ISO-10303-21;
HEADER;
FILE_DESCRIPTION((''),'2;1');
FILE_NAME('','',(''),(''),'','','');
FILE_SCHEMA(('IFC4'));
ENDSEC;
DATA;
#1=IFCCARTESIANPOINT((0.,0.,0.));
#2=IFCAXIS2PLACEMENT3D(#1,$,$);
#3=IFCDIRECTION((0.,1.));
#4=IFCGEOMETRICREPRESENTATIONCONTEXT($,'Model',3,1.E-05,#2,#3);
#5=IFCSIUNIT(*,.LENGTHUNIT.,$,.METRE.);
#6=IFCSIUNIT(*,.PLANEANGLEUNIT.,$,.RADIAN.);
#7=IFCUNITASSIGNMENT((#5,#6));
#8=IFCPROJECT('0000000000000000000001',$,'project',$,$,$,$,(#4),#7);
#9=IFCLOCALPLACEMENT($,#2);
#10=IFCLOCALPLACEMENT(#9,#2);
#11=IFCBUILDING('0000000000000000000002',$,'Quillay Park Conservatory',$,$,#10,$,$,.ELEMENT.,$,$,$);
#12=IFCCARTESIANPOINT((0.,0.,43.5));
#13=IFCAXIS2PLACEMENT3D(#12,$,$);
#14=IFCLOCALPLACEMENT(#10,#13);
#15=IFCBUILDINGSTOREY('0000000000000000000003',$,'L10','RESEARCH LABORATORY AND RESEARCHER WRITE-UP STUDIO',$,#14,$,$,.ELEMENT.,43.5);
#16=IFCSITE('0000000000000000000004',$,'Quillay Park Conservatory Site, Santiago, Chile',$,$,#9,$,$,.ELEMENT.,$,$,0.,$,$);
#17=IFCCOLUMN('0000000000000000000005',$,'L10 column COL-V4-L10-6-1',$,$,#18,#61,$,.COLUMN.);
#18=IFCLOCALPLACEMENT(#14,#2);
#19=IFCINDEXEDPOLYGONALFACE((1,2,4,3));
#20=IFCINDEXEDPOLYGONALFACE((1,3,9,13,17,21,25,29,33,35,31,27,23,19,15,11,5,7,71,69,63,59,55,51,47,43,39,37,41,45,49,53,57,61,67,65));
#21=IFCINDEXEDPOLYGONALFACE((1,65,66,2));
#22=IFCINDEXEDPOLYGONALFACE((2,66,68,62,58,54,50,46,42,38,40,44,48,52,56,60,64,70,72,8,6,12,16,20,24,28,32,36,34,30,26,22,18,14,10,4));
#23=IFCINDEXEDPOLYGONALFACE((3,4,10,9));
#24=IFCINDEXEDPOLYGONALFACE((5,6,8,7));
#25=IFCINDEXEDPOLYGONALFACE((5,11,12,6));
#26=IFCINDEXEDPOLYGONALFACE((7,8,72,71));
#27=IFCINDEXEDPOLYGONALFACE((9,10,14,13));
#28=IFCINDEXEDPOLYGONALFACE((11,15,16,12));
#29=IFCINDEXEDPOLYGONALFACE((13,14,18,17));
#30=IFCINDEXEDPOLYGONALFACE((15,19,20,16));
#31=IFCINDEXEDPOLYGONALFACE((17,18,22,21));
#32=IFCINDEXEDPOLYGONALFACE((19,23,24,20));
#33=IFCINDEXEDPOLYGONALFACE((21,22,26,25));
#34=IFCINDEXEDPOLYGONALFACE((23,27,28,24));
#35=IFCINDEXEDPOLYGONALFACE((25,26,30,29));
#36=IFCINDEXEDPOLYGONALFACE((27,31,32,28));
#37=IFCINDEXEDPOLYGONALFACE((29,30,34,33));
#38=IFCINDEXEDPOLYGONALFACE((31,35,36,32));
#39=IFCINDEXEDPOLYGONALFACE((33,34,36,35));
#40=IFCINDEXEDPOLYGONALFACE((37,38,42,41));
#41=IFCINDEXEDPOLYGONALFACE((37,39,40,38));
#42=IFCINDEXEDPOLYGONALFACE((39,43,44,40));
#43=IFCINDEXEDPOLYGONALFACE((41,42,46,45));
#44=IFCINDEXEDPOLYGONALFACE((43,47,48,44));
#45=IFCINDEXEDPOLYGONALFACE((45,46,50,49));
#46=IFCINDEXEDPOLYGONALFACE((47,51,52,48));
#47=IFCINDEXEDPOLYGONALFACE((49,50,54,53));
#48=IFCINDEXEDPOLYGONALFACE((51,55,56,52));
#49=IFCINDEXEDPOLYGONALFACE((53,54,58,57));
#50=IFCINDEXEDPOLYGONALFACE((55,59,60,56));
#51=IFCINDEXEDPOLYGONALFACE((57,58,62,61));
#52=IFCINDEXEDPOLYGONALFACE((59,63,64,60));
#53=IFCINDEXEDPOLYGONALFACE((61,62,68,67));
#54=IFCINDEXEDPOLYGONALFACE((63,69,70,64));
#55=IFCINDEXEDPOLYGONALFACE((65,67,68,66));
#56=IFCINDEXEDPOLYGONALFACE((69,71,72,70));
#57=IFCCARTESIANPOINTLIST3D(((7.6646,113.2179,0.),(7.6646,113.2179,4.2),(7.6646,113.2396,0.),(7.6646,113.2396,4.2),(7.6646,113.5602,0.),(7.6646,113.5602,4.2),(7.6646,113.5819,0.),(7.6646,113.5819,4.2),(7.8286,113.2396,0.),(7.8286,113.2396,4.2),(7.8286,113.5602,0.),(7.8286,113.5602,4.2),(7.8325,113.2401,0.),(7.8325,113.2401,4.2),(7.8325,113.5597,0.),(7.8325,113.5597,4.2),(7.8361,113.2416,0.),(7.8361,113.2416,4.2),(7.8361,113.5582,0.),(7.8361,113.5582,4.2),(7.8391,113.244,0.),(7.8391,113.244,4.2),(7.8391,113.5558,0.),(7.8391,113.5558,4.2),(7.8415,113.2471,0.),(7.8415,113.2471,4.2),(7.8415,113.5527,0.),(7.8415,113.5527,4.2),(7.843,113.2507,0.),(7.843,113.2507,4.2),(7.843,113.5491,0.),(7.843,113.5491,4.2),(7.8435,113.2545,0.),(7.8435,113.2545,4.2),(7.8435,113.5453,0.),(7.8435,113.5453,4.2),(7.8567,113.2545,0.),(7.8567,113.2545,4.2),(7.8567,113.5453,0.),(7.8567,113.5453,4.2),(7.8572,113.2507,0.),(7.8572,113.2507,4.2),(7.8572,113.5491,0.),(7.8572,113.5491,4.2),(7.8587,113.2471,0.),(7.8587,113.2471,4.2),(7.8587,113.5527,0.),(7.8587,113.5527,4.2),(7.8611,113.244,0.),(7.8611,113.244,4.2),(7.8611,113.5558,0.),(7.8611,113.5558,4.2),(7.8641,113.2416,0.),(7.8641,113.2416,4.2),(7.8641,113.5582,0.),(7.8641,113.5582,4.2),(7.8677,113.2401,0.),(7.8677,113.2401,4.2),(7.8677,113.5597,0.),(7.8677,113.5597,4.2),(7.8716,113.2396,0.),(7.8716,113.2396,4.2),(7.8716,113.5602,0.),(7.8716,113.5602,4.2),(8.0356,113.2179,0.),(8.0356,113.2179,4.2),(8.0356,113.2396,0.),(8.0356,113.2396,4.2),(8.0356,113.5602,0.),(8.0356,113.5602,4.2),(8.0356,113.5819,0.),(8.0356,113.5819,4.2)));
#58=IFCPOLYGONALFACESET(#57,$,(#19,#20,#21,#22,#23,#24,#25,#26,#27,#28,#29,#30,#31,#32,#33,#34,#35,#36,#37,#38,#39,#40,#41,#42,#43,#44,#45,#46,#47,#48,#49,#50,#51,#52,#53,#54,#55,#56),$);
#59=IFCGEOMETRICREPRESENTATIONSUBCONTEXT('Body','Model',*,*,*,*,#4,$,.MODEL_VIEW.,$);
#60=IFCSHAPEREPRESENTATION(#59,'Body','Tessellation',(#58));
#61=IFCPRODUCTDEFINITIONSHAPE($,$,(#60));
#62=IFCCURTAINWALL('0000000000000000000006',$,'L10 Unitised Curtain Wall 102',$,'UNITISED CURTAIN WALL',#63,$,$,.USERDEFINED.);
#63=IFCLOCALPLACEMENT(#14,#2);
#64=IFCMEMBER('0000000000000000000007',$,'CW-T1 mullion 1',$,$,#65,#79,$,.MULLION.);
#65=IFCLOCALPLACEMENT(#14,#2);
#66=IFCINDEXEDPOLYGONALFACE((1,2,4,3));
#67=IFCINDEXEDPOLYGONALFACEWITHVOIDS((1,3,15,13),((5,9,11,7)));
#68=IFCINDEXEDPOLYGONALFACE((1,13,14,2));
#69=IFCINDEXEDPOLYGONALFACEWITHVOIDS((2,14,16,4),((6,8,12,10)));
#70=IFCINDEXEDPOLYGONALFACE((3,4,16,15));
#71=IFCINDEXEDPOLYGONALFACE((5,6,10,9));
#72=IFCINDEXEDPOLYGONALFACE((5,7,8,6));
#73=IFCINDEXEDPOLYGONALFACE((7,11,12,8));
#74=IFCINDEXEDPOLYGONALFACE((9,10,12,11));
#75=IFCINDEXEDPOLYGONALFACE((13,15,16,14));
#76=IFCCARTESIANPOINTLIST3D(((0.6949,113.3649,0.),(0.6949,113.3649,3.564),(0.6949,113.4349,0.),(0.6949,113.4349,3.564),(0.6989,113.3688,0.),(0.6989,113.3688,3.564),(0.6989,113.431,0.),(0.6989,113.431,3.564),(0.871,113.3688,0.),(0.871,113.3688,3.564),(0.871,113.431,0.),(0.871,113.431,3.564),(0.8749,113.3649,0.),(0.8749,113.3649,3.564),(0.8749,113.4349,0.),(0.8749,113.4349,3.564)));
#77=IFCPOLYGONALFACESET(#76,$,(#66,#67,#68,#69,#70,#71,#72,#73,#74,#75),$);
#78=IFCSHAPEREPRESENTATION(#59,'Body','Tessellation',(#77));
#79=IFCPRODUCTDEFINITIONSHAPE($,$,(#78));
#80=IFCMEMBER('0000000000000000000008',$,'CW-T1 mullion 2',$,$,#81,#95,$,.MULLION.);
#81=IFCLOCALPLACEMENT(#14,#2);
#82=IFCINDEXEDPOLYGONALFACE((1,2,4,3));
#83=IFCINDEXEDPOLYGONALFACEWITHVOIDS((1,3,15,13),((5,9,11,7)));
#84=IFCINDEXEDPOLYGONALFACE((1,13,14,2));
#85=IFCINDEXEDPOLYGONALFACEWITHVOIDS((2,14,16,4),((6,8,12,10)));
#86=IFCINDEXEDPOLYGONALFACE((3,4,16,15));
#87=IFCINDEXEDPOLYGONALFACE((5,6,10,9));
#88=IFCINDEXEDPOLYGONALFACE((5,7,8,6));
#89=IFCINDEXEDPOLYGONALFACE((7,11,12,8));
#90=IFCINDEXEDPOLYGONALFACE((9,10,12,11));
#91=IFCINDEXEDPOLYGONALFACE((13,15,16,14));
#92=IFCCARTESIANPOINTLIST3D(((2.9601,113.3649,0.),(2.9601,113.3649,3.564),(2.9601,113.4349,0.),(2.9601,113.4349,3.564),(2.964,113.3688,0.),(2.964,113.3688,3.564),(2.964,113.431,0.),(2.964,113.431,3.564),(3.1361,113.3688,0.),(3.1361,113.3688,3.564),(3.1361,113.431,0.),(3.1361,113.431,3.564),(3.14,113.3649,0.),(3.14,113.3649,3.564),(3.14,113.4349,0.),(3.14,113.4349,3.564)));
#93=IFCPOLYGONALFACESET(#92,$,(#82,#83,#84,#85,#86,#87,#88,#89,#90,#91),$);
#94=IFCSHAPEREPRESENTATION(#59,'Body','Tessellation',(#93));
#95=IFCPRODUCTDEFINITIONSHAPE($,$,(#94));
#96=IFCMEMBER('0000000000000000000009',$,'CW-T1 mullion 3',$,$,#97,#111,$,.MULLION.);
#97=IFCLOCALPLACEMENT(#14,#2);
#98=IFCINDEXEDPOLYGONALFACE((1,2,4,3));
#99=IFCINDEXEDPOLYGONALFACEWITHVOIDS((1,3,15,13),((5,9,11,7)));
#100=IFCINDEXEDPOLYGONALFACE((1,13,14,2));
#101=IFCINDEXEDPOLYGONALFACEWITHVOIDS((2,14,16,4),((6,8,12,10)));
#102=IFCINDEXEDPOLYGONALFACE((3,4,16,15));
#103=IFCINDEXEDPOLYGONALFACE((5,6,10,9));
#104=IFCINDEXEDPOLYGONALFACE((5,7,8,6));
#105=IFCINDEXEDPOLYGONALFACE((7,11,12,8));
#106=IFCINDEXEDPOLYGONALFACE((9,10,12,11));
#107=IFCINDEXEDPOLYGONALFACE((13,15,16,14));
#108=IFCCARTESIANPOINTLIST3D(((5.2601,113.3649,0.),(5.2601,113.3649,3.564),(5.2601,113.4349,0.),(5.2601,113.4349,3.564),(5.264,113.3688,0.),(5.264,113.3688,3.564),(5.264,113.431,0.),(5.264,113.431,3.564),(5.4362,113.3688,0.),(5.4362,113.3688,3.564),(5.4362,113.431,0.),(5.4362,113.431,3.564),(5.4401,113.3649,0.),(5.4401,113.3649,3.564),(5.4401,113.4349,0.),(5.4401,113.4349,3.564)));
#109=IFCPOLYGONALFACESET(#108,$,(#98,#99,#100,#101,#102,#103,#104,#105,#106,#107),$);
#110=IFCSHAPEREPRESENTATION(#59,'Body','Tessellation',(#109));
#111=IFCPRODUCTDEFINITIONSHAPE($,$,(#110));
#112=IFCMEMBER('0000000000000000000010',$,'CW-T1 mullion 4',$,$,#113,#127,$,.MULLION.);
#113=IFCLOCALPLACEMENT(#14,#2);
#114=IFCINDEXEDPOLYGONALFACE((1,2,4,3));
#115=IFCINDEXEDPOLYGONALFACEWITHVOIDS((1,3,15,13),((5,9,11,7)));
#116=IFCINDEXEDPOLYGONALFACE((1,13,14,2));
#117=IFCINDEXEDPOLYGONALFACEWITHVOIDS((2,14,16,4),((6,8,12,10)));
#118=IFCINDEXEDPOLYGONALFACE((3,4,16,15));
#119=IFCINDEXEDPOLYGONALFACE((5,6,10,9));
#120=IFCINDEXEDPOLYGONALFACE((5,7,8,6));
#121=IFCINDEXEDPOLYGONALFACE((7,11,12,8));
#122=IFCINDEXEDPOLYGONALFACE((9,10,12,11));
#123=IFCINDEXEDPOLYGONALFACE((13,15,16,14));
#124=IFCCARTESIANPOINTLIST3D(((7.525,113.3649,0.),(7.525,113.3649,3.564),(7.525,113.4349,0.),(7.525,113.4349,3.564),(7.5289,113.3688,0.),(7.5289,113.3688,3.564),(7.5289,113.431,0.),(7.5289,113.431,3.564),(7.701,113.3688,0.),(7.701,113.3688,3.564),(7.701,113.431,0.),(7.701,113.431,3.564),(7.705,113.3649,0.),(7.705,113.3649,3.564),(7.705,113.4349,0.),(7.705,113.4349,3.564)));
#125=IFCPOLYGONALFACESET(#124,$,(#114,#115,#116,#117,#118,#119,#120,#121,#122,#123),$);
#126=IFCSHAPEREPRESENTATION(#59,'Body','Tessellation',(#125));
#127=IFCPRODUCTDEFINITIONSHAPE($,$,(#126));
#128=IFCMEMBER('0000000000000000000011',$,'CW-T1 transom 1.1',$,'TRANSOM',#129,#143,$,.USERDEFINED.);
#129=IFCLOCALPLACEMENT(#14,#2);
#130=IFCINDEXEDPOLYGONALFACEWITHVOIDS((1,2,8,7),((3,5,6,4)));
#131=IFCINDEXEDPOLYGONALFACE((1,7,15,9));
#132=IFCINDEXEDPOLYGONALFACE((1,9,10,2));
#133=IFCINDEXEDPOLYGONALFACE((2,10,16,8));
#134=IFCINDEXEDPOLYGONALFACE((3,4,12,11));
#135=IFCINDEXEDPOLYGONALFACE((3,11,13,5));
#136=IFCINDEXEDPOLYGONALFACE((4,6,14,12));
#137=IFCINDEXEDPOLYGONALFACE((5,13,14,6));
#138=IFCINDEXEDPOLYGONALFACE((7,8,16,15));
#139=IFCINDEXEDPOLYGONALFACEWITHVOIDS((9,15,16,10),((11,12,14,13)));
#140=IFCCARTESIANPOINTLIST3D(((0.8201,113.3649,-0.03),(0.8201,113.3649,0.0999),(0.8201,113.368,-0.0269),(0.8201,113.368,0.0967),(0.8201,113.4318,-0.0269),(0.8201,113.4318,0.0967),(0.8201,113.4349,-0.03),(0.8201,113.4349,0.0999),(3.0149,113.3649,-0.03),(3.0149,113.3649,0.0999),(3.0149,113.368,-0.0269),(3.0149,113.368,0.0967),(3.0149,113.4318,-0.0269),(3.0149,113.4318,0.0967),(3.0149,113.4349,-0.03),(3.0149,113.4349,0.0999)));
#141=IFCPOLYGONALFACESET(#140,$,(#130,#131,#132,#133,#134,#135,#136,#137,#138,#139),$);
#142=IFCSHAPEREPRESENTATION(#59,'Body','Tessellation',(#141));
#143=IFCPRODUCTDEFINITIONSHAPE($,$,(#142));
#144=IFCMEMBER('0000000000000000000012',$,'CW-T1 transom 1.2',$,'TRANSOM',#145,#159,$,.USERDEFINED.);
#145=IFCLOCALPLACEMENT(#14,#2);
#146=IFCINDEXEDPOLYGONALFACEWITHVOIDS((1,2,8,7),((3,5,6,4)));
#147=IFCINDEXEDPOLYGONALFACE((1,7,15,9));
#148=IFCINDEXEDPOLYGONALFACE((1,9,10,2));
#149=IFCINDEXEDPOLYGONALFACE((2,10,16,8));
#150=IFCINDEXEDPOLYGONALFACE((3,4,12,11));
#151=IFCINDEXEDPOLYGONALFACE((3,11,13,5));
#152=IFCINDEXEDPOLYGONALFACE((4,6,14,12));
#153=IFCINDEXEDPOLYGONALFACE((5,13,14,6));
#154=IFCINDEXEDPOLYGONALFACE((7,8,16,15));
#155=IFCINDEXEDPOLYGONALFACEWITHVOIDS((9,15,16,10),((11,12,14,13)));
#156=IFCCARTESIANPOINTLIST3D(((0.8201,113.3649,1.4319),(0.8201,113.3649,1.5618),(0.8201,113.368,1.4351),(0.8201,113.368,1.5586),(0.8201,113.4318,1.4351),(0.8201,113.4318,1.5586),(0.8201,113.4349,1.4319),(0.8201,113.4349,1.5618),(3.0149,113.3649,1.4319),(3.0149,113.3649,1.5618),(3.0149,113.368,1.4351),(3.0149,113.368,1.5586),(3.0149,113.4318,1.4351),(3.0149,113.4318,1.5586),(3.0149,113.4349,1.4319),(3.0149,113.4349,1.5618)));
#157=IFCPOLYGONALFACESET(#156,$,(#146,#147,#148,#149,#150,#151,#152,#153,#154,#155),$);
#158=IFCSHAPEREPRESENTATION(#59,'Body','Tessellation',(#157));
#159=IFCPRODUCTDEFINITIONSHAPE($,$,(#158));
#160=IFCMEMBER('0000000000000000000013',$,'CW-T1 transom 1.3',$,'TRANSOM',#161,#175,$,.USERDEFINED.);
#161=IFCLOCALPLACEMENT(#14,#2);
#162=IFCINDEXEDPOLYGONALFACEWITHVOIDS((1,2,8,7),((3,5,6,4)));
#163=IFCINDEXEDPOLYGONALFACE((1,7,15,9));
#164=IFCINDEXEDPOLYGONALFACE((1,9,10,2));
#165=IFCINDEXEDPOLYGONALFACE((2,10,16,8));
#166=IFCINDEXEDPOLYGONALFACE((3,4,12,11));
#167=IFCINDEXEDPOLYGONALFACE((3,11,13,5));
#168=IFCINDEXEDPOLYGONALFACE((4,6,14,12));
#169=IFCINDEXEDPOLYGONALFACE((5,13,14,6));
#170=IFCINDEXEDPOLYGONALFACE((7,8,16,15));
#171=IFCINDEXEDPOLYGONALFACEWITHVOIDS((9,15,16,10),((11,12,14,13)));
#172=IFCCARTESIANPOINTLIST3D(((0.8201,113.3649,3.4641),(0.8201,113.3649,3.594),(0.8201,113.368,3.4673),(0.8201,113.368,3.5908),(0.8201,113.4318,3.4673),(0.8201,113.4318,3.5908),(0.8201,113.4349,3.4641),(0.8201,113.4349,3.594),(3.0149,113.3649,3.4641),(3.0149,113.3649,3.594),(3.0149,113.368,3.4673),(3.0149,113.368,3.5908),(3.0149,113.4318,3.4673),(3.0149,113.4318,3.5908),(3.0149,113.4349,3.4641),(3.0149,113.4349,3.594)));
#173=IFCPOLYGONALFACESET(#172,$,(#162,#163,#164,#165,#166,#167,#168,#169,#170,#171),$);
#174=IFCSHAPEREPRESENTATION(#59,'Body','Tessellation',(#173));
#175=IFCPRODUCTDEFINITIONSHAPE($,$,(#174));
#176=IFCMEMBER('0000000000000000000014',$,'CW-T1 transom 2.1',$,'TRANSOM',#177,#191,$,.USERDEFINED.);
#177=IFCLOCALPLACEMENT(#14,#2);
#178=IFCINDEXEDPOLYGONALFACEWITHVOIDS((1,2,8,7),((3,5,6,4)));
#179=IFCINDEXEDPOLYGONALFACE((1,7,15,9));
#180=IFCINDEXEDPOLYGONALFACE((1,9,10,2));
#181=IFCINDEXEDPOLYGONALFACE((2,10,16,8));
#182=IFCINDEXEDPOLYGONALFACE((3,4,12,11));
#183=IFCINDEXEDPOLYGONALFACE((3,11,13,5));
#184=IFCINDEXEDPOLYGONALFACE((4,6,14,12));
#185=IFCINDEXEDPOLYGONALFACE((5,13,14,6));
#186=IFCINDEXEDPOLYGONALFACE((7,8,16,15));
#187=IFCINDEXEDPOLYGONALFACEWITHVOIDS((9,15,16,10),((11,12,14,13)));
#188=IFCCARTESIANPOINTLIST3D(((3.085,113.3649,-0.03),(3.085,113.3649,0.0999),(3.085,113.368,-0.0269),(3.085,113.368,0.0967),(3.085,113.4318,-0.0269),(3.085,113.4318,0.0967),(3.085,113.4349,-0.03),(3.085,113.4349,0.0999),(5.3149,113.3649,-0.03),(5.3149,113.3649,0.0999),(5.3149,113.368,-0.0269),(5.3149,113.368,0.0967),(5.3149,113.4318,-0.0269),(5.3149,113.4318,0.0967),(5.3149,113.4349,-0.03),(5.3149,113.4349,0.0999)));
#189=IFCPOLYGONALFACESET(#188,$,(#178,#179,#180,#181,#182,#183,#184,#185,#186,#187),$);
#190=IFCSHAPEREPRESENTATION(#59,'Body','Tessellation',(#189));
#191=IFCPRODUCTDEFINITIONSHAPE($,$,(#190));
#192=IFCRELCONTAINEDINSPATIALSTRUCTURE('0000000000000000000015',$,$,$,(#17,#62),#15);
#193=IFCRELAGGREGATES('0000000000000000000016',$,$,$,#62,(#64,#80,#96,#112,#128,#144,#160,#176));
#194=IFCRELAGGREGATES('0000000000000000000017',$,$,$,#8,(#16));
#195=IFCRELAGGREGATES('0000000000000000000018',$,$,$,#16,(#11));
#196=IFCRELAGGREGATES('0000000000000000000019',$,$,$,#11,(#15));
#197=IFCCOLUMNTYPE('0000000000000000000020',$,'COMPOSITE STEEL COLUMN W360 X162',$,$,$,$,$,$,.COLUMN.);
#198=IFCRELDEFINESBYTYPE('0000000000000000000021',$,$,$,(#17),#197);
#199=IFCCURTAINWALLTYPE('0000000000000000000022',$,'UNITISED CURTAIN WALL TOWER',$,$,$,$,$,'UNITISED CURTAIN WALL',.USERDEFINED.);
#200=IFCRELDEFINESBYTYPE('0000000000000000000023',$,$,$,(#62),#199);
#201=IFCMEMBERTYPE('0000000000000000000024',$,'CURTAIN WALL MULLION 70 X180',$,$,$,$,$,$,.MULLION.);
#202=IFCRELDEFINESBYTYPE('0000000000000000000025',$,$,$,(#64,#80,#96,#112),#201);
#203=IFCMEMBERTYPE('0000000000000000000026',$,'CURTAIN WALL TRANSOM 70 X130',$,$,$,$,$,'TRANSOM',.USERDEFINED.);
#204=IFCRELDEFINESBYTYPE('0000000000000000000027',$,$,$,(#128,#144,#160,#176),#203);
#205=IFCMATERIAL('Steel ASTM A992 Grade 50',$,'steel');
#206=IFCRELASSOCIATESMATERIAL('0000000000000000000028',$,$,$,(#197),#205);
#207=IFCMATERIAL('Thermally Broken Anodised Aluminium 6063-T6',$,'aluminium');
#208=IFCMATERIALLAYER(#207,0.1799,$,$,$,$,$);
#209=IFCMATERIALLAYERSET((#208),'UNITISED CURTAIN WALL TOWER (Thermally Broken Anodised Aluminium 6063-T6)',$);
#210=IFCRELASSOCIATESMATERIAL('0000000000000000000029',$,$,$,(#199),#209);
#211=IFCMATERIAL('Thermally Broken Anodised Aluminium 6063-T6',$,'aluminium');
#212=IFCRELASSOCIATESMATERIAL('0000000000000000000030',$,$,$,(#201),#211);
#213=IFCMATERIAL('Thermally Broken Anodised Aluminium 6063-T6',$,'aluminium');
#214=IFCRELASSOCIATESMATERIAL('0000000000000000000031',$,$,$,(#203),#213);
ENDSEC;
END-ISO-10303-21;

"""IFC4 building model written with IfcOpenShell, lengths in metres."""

from ifc_helpers import new_model, si_unit, direction, frame, origin, origin_2d, place, context, subcontext, project, spatial, hollow_rectangle, i_section, extrude, material, layer, layer_set, material_profile, profile_set, type_object, element, aggregate, save


model = new_model("IFC4")

# Units and contexts
model_context = context("Model", 3, precision=1e-05, world=origin(), true_north=direction((0.0, 1.0)))
body_context = subcontext(model_context, "Body", "Model", "MODEL_VIEW")
ifc_project = project(units=[si_unit("LENGTHUNIT", "METRE"), si_unit("PLANEANGLEUNIT", "RADIAN")], contexts=[model_context])

# Site, building, storey
site_placement = place(None, origin())
site = spatial("IfcSite", under=ifc_project, at=site_placement, Name="Quillay Park Conservatory Site, Santiago, Chile", CompositionType="ELEMENT", RefElevation=0.0)
building_placement = place(site_placement, origin())
building = spatial("IfcBuilding", under=site, at=building_placement, Name="Quillay Park Conservatory", CompositionType="ELEMENT")
storey_placement = place(building_placement, frame((0.0, 0.0, 43.5)))
storey = spatial("IfcBuildingStorey", under=building, at=storey_placement, Name="L10", Description="RESEARCH LABORATORY AND RESEARCHER WRITE-UP STUDIO", CompositionType="ELEMENT", Elevation=43.5)

# Column
ifc_material_1 = material(Name="Steel ASTM A992 Grade 50", Category="steel")
ifc_material_profile_1 = material_profile(ifc_material_1, i_section(OverallWidth=0.3711, OverallDepth=0.364, WebThickness=0.0132, FlangeThickness=0.0217, FilletRadius=0.0149, at=origin_2d()), Name="W360x162")
ifc_profile_set_1 = profile_set([ifc_material_profile_1], Name="Steel ASTM A992 Grade 50")
column_type = type_object("IfcColumnType", Name="COMPOSITE STEEL COLUMN W360 X162", PredefinedType="COLUMN", material=ifc_profile_set_1)
column_placement = place(storey_placement, frame((7.8501, 113.3999, 0.0), z_axis=(0.0, 0.0, 1.0), x_axis=(1.0, 0.0, 0.0)))
element("IfcColumn", 1, at=column_placement, inside=storey, type_object=column_type, Name="L10 column COL-V4-L10-6-1", PredefinedType="COLUMN", context=body_context, shape_type="SweptSolid", body=[
    extrude(i_section(OverallWidth=0.3711, OverallDepth=0.364, WebThickness=0.0132, FlangeThickness=0.0217, FilletRadius=0.0149, at=origin_2d()), origin(), (0.0, 0.0, 1.0), 4.2),
])

# Curtain wall, members
ifc_material_2 = material(Name="Thermally Broken Anodised Aluminium 6063-T6", Category="aluminium")
ifc_layer_1 = layer(ifc_material_2, 0.1799)
ifc_layer_set_1 = layer_set([ifc_layer_1], Name="UNITISED CURTAIN WALL TOWER (Thermally Broken Anodised Aluminium 6063-T6)")
curtain_wall_type = type_object("IfcCurtainWallType", Name="UNITISED CURTAIN WALL TOWER", ElementType="UNITISED CURTAIN WALL", PredefinedType="USERDEFINED", material=ifc_layer_set_1)
curtain_wall_placement = place(storey_placement, origin())
curtain_wall = element("IfcCurtainWall", 2, at=curtain_wall_placement, inside=storey, type_object=curtain_wall_type, Name="L10 Unitised Curtain Wall 102", ObjectType="UNITISED CURTAIN WALL", PredefinedType="USERDEFINED")
ifc_material_3 = material(Name="Thermally Broken Anodised Aluminium 6063-T6", Category="aluminium")
ifc_material_profile_2 = material_profile(ifc_material_3, hollow_rectangle(XDim=0.0701, YDim=0.1799, WallThickness=0.0039, at=origin_2d()), Name="AL70x180x4")
ifc_profile_set_2 = profile_set([ifc_material_profile_2], Name="Thermally Broken Anodised Aluminium 6063-T6")
member_type_1 = type_object("IfcMemberType", Name="CURTAIN WALL MULLION 70 X180", PredefinedType="MULLION", material=ifc_profile_set_2)
member_1_placement = place(storey_placement, frame((0.7849, 113.3999, 0.0), z_axis=(0.0, 0.0, 1.0), x_axis=(0.0, 1.0, 0.0)))
member_1 = element("IfcMember", 3, at=member_1_placement, type_object=member_type_1, Name="CW-T1 mullion 1", PredefinedType="MULLION", context=body_context, shape_type="SweptSolid", body=[
    extrude(hollow_rectangle(XDim=0.0701, YDim=0.1799, WallThickness=0.0039, at=origin_2d()), origin(), (0.0, 0.0, 1.0), 3.564),
])
member_2_placement = place(storey_placement, frame((3.05, 113.3999, 0.0), z_axis=(0.0, 0.0, 1.0), x_axis=(0.0, 1.0, 0.0)))
member_2 = element("IfcMember", 4, at=member_2_placement, type_object=member_type_1, Name="CW-T1 mullion 2", PredefinedType="MULLION", context=body_context, shape_type="SweptSolid", body=[
    extrude(hollow_rectangle(XDim=0.0701, YDim=0.1799, WallThickness=0.0039, at=origin_2d()), origin(), (0.0, 0.0, 1.0), 3.564),
])
member_3_placement = place(storey_placement, frame((5.3501, 113.3999, 0.0), z_axis=(0.0, 0.0, 1.0), x_axis=(0.0, 1.0, 0.0)))
member_3 = element("IfcMember", 5, at=member_3_placement, type_object=member_type_1, Name="CW-T1 mullion 3", PredefinedType="MULLION", context=body_context, shape_type="SweptSolid", body=[
    extrude(hollow_rectangle(XDim=0.0701, YDim=0.1799, WallThickness=0.0039, at=origin_2d()), origin(), (0.0, 0.0, 1.0), 3.564),
])
member_4_placement = place(storey_placement, frame((7.615, 113.3999, 0.0), z_axis=(0.0, 0.0, 1.0), x_axis=(0.0, 1.0, 0.0)))
member_4 = element("IfcMember", 6, at=member_4_placement, type_object=member_type_1, Name="CW-T1 mullion 4", PredefinedType="MULLION", context=body_context, shape_type="SweptSolid", body=[
    extrude(hollow_rectangle(XDim=0.0701, YDim=0.1799, WallThickness=0.0039, at=origin_2d()), origin(), (0.0, 0.0, 1.0), 3.564),
])
ifc_material_4 = material(Name="Thermally Broken Anodised Aluminium 6063-T6", Category="aluminium")
ifc_material_profile_3 = material_profile(ifc_material_4, hollow_rectangle(XDim=0.0701, YDim=0.1299, WallThickness=0.0032, at=origin_2d()), Name="AL70x130x3.2")
ifc_profile_set_3 = profile_set([ifc_material_profile_3], Name="Thermally Broken Anodised Aluminium 6063-T6")
member_type_2 = type_object("IfcMemberType", Name="CURTAIN WALL TRANSOM 70 X130", ElementType="TRANSOM", PredefinedType="USERDEFINED", material=ifc_profile_set_3)
member_5_placement = place(storey_placement, frame((0.8201, 113.3999, 0.0349), z_axis=(1.0, 0.0, 0.0), x_axis=(0.0, 1.0, 0.0)))
member_5 = element("IfcMember", 7, at=member_5_placement, type_object=member_type_2, Name="CW-T1 transom 1.1", ObjectType="TRANSOM", PredefinedType="USERDEFINED", context=body_context, shape_type="SweptSolid", body=[
    extrude(hollow_rectangle(XDim=0.0701, YDim=0.1299, WallThickness=0.0032, at=origin_2d()), origin(), (0.0, 0.0, 1.0), 2.1948),
])
member_6_placement = place(storey_placement, frame((0.8201, 113.3999, 1.4968), z_axis=(1.0, 0.0, 0.0), x_axis=(0.0, 1.0, 0.0)))
member_6 = element("IfcMember", 8, at=member_6_placement, type_object=member_type_2, Name="CW-T1 transom 1.2", ObjectType="TRANSOM", PredefinedType="USERDEFINED", context=body_context, shape_type="SweptSolid", body=[
    extrude(hollow_rectangle(XDim=0.0701, YDim=0.1299, WallThickness=0.0032, at=origin_2d()), origin(), (0.0, 0.0, 1.0), 2.1948),
])
member_7_placement = place(storey_placement, frame((0.8201, 113.3999, 3.5291), z_axis=(1.0, 0.0, 0.0), x_axis=(0.0, 1.0, 0.0)))
member_7 = element("IfcMember", 9, at=member_7_placement, type_object=member_type_2, Name="CW-T1 transom 1.3", ObjectType="TRANSOM", PredefinedType="USERDEFINED", context=body_context, shape_type="SweptSolid", body=[
    extrude(hollow_rectangle(XDim=0.0701, YDim=0.1299, WallThickness=0.0032, at=origin_2d()), origin(), (0.0, 0.0, 1.0), 2.1948),
])
member_8_placement = place(storey_placement, frame((3.085, 113.3999, 0.0349), z_axis=(1.0, 0.0, 0.0), x_axis=(0.0, 1.0, 0.0)))
member_8 = element("IfcMember", 10, at=member_8_placement, type_object=member_type_2, Name="CW-T1 transom 2.1", ObjectType="TRANSOM", PredefinedType="USERDEFINED", context=body_context, shape_type="SweptSolid", body=[
    extrude(hollow_rectangle(XDim=0.0701, YDim=0.1299, WallThickness=0.0032, at=origin_2d()), origin(), (0.0, 0.0, 1.0), 2.23),
])

aggregate(curtain_wall, [member_1, member_2, member_3, member_4, member_5, member_6, member_7, member_8])

save(model, "model.ifc")
